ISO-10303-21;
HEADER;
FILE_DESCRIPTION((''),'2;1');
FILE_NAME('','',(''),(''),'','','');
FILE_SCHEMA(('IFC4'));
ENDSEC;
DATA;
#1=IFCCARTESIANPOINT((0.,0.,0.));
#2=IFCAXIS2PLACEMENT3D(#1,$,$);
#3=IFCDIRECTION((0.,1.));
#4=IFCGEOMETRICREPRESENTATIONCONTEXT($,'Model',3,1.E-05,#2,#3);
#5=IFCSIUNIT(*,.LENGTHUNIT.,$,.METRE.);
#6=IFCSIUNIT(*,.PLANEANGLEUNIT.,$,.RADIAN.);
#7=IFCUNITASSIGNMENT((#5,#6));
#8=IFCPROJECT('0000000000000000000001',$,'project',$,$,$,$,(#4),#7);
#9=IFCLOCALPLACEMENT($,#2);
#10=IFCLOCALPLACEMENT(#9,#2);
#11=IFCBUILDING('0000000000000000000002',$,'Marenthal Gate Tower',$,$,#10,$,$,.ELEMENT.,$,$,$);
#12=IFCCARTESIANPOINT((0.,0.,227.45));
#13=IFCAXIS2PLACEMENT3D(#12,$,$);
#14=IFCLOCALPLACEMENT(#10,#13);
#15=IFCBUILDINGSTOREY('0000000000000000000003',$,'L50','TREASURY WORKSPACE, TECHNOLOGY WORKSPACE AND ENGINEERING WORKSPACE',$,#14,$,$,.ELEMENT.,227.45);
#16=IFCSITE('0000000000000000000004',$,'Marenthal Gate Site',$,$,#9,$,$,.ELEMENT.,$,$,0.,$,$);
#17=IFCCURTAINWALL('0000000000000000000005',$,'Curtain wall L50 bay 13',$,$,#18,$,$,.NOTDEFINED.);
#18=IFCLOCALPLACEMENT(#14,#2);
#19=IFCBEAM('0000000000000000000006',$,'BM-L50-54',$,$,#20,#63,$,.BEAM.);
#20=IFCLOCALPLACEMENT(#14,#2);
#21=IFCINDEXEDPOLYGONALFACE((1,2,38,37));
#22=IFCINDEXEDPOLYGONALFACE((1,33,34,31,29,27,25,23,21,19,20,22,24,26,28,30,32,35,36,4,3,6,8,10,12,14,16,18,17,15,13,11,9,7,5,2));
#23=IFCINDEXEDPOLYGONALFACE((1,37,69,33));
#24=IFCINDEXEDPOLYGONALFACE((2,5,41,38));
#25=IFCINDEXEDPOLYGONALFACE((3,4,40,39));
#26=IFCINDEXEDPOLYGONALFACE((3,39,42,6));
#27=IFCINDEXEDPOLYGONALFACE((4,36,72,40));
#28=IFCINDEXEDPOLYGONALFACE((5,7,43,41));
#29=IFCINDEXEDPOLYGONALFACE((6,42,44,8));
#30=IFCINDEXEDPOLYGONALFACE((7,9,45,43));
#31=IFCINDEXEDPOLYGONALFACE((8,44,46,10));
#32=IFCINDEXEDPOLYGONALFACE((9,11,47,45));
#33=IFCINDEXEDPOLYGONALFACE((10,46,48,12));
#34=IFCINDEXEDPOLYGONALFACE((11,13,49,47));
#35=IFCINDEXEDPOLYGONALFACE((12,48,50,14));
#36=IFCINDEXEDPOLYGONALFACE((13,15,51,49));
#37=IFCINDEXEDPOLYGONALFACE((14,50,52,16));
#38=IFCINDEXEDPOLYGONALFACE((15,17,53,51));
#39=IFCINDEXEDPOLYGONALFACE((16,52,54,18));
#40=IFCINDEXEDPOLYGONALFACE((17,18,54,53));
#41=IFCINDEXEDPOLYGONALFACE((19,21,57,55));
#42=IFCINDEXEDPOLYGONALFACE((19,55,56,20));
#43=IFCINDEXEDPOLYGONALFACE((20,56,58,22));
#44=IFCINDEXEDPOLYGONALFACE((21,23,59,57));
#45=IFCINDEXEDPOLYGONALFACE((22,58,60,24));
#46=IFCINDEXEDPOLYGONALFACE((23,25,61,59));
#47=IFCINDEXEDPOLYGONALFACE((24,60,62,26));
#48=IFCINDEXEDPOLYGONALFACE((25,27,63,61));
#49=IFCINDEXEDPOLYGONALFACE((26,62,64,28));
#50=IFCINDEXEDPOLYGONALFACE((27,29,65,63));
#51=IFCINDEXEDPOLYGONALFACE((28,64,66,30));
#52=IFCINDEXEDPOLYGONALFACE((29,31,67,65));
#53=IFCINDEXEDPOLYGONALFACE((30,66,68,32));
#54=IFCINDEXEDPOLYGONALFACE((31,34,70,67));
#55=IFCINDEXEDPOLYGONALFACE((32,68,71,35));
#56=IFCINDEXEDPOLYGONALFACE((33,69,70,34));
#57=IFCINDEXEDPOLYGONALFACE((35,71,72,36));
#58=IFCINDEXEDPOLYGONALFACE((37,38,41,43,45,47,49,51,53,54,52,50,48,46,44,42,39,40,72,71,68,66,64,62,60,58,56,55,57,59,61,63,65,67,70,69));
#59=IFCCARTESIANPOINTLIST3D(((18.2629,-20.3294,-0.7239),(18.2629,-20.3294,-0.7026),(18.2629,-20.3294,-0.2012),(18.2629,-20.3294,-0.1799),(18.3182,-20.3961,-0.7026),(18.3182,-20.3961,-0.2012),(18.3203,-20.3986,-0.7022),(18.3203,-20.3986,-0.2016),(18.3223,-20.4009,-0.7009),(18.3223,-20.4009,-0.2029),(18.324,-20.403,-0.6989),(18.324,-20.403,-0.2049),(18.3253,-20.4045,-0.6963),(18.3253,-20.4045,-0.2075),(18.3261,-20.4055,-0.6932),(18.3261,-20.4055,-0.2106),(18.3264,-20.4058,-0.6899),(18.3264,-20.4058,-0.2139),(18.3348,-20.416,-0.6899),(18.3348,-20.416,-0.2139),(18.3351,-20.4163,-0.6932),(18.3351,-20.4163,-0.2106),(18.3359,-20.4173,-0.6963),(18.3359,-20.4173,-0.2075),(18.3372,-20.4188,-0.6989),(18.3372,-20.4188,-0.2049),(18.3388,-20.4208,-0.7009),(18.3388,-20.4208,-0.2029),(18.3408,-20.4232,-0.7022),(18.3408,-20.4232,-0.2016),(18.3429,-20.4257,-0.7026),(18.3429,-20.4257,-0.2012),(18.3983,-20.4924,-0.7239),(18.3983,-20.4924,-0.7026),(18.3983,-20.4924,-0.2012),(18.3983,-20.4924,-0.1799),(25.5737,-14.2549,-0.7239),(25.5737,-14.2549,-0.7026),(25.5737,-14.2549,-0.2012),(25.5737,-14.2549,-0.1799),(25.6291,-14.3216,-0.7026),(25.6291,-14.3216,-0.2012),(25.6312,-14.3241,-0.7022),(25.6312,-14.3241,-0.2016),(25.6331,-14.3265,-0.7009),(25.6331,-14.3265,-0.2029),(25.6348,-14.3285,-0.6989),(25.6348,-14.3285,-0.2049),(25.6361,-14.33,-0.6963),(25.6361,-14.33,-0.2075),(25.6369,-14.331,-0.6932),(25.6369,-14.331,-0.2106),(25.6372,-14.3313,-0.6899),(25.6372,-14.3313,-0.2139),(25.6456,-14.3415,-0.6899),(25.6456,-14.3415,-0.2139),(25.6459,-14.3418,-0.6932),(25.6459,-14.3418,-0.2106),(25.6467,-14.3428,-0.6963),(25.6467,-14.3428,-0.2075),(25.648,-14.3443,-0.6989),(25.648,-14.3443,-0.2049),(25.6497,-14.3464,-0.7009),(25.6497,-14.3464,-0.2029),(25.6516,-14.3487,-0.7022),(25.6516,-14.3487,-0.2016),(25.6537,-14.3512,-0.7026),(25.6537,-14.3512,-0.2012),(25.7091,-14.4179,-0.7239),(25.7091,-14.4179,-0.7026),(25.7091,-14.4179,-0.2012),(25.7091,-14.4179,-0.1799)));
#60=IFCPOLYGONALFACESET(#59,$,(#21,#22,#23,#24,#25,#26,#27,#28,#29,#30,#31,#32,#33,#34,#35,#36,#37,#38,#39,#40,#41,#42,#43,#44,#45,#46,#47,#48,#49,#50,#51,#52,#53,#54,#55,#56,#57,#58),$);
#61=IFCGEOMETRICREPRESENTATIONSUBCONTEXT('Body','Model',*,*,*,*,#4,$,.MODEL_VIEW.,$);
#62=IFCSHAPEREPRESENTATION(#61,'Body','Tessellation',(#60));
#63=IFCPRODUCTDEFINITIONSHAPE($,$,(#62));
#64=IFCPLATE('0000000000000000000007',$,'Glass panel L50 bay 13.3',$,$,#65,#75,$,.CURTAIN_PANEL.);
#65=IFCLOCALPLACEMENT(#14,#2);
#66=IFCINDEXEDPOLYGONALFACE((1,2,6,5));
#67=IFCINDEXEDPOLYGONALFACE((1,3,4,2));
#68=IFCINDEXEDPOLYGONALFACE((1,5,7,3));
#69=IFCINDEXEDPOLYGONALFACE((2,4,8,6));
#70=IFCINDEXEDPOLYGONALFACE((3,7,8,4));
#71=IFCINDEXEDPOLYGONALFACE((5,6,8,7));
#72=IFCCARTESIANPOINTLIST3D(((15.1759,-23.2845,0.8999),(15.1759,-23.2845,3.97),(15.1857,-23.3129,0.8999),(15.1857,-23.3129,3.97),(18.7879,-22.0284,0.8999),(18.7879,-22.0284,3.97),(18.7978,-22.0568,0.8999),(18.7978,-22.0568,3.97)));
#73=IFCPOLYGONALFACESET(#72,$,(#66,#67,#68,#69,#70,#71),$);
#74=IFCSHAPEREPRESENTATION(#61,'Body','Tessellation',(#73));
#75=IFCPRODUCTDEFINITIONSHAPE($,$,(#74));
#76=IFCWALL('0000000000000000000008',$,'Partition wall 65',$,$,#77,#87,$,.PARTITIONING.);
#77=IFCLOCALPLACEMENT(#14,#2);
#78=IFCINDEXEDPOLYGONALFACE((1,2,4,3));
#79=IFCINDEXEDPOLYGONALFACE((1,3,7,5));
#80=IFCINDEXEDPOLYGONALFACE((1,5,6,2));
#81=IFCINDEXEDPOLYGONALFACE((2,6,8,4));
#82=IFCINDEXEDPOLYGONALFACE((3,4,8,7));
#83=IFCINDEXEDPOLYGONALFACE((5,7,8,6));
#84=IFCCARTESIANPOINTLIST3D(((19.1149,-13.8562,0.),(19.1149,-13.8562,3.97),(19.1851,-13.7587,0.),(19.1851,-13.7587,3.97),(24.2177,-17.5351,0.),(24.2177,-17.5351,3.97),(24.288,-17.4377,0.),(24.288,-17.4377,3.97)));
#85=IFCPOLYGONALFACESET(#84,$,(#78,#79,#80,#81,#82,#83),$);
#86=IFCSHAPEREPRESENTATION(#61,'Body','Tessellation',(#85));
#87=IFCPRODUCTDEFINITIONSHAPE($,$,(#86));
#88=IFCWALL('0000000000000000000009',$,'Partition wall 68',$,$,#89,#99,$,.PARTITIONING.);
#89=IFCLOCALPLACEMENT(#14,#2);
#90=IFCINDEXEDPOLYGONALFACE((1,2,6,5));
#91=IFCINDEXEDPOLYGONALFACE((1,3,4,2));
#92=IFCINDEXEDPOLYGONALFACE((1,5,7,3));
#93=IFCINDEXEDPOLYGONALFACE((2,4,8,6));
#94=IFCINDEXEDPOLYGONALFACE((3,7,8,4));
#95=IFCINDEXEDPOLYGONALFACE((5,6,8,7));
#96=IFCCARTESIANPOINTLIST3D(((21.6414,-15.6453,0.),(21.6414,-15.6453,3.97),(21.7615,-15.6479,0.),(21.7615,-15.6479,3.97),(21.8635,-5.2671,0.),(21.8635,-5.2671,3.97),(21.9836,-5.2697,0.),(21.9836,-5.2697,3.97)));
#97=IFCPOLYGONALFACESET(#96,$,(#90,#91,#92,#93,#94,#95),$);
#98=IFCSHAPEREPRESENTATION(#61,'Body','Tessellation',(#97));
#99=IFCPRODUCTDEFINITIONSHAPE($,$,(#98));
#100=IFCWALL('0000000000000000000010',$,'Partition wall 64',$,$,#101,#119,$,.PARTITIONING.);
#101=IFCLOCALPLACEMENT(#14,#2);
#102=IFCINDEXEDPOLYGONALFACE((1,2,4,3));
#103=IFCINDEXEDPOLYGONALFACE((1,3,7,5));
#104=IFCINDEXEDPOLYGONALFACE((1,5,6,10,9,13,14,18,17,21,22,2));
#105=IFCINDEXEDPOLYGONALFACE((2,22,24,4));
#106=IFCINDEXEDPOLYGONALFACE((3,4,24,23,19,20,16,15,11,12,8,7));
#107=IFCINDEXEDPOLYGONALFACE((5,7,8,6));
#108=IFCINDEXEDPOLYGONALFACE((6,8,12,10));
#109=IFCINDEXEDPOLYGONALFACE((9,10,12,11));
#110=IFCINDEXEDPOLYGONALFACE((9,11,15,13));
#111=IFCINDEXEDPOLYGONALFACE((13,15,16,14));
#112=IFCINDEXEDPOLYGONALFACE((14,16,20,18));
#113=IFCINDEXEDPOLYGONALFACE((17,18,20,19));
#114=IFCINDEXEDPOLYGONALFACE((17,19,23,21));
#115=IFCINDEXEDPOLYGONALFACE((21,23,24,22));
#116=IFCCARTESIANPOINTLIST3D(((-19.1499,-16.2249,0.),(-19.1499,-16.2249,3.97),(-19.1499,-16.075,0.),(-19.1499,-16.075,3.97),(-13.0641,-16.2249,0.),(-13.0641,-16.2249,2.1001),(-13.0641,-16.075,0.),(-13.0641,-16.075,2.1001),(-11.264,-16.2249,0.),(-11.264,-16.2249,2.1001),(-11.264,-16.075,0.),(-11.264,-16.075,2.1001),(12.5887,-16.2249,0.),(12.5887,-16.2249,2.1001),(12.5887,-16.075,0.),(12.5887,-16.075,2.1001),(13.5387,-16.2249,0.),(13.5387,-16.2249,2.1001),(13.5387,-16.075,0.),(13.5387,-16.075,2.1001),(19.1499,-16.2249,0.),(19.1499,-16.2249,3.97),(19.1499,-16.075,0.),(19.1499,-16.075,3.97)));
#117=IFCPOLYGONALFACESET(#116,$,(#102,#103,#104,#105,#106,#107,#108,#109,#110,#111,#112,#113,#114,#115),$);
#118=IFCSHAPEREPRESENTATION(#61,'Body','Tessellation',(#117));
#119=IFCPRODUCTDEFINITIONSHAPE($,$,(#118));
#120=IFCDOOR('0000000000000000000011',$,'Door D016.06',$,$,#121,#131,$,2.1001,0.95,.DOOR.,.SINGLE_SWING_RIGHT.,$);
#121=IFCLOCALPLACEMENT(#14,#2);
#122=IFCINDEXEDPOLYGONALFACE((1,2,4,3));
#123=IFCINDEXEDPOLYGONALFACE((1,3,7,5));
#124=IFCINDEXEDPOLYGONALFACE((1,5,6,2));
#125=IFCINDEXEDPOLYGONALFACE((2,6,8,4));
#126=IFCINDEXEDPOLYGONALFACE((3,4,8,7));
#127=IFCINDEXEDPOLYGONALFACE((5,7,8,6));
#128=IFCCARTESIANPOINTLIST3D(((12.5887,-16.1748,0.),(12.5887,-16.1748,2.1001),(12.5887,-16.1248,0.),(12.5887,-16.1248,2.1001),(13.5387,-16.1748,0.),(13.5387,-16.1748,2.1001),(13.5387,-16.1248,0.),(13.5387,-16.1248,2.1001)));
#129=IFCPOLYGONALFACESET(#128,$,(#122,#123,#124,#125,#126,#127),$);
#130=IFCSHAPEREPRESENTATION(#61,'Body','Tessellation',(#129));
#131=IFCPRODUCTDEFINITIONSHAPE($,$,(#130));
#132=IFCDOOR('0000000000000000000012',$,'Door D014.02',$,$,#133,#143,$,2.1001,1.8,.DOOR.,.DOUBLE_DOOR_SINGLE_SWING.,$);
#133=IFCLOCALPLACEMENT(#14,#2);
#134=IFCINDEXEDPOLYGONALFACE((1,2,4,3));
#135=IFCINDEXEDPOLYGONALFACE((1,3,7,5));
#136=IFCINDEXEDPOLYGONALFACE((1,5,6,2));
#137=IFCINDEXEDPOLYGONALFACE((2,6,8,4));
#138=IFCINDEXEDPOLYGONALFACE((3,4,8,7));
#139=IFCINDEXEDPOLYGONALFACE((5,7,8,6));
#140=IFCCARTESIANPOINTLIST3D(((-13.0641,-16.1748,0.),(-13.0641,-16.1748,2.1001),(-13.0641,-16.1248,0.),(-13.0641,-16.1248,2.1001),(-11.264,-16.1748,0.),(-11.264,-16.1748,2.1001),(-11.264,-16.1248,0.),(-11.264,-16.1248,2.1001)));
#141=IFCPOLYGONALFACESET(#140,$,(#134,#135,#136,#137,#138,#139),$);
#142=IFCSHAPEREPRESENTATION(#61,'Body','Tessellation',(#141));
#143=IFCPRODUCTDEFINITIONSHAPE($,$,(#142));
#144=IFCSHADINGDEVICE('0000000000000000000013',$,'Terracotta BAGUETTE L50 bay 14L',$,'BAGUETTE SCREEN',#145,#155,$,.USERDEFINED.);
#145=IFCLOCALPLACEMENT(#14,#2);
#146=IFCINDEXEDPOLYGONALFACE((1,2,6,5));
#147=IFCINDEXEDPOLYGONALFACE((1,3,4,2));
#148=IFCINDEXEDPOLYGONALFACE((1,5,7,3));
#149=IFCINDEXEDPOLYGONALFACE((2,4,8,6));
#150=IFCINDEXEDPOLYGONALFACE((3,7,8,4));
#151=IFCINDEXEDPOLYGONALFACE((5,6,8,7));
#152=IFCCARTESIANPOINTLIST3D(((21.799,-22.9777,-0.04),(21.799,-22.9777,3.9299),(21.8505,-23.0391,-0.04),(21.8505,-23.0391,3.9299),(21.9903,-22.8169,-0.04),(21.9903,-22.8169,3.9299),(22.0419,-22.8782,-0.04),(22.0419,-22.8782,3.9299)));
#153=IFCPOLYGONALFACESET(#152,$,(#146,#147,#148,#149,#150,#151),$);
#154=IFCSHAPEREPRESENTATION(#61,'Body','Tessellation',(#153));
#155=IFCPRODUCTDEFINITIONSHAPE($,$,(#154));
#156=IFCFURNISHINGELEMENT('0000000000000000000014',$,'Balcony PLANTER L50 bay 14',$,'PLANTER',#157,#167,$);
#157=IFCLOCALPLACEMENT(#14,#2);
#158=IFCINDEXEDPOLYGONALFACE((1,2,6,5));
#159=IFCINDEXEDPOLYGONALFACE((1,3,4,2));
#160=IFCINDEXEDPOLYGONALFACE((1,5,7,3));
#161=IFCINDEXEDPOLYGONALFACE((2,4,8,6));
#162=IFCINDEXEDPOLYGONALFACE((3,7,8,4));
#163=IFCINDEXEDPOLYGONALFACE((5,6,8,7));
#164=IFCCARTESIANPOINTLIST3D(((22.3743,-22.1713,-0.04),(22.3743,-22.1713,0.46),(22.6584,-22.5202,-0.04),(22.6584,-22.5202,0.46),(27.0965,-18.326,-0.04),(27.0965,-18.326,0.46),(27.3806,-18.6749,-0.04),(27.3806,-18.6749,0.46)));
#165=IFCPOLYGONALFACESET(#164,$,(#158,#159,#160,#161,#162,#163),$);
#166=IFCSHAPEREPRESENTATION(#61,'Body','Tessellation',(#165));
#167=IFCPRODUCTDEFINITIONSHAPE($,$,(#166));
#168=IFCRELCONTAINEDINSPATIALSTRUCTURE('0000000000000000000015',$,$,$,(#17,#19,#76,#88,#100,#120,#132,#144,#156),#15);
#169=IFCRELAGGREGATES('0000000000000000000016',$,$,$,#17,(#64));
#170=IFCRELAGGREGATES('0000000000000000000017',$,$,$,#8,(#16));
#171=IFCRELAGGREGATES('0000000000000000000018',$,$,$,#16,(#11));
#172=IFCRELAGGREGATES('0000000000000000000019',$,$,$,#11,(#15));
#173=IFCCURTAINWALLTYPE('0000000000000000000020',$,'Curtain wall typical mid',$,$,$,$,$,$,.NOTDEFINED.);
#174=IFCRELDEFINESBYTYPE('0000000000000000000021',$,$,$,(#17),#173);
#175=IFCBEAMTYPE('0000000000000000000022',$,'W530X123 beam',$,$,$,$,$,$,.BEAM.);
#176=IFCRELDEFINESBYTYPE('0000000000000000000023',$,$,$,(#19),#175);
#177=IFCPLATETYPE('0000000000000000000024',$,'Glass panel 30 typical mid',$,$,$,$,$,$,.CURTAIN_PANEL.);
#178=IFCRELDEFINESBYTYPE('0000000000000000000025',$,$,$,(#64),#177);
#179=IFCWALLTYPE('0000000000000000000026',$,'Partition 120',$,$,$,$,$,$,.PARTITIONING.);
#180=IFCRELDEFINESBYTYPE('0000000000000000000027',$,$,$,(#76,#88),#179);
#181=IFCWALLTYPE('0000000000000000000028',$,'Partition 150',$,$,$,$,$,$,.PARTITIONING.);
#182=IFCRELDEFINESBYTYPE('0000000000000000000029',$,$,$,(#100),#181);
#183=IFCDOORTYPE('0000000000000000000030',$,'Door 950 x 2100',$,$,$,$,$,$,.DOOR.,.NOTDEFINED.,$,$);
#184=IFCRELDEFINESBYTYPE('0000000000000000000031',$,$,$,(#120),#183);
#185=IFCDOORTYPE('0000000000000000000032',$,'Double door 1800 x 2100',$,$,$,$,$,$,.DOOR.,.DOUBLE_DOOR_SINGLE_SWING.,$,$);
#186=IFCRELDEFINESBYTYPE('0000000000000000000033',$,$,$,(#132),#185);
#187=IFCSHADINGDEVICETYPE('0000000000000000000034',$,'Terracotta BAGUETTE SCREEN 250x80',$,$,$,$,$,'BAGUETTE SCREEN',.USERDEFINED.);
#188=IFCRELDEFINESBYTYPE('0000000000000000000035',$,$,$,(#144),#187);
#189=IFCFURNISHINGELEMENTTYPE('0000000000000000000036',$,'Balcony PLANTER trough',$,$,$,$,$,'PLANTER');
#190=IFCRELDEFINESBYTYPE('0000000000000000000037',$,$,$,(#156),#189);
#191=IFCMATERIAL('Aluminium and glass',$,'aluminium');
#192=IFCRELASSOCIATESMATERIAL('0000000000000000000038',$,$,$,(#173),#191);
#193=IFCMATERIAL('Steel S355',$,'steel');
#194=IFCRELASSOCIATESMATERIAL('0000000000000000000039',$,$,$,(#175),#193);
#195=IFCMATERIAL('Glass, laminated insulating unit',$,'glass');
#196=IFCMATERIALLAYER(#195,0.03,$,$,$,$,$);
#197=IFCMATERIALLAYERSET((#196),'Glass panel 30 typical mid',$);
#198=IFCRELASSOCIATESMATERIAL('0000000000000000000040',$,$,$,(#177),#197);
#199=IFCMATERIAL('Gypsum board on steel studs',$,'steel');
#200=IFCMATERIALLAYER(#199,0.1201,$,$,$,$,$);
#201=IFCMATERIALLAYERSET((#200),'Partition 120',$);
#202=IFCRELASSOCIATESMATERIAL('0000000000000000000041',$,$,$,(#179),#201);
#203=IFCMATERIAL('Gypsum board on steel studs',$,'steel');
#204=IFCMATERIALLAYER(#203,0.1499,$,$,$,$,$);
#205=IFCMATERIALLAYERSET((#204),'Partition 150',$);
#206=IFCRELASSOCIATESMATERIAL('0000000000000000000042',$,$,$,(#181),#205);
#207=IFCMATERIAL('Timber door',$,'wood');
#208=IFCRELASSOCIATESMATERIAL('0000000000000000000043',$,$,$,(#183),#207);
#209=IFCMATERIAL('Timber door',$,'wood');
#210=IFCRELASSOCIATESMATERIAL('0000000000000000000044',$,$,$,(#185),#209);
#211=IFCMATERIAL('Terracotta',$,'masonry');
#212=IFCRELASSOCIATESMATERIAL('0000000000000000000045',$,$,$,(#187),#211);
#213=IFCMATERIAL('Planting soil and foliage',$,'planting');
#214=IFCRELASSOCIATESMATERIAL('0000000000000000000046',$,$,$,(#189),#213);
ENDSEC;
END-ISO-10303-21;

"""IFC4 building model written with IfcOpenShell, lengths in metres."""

from ifc_helpers import new_model, si_unit, direction, frame, frame_2d, origin, origin_2d, place, context, subcontext, project, spatial, rectangle, i_section, extrude, material, layer, layer_set, material_profile, profile_set, type_object, element, fill, aggregate, save


model = new_model("IFC4")

# Units and contexts
model_context = context("Model", 3, precision=1e-05, world=origin(), true_north=direction((0.0, 1.0)))
body_context = subcontext(model_context, "Body", "Model", "MODEL_VIEW")
ifc_project = project(units=[si_unit("LENGTHUNIT", "METRE"), si_unit("PLANEANGLEUNIT", "RADIAN")], contexts=[model_context])

# Site, building, storey
site_placement = place(None, origin())
site = spatial("IfcSite", under=ifc_project, at=site_placement, Name="Marenthal Gate Site", CompositionType="ELEMENT", RefElevation=0.0)
building_placement = place(site_placement, origin())
building = spatial("IfcBuilding", under=site, at=building_placement, Name="Marenthal Gate Tower", CompositionType="ELEMENT")
storey_placement = place(building_placement, frame((0.0, 0.0, 227.45)))
storey = spatial("IfcBuildingStorey", under=building, at=storey_placement, Name="L50", Description="TREASURY WORKSPACE, TECHNOLOGY WORKSPACE AND ENGINEERING WORKSPACE", CompositionType="ELEMENT", Elevation=227.45)

# Curtain wall
ifc_material_1 = material(Name="Aluminium and glass", Category="aluminium")
curtain_wall_type = type_object("IfcCurtainWallType", Name="Curtain wall typical mid", PredefinedType="NOTDEFINED", material=ifc_material_1)
curtain_wall_1_placement = place(storey_placement, origin())
curtain_wall_1 = element("IfcCurtainWall", 1, at=curtain_wall_1_placement, inside=storey, type_object=curtain_wall_type, Name="Curtain wall L50 bay 13", PredefinedType="NOTDEFINED")

# Beam
ifc_material_2 = material(Name="Steel S355", Category="steel")
ifc_material_profile_1 = material_profile(ifc_material_2, i_section(OverallWidth=0.2119, OverallDepth=0.5439, WebThickness=0.0132, FlangeThickness=0.0212, FilletRadius=0.0127, at=origin_2d()), Name="W530X123")
ifc_profile_set_1 = profile_set([ifc_material_profile_1], Name="Steel S355")
beam_type_1 = type_object("IfcBeamType", Name="W530X123 beam", PredefinedType="BEAM", material=ifc_profile_set_1)
beam_1_placement = place(storey_placement, frame((18.3306, -20.4109, -0.4519), z_axis=(0.769145, 0.639075, 0.0), x_axis=(-0.639075, 0.769145, 0.0)))
element("IfcBeam", 2, at=beam_1_placement, inside=storey, type_object=beam_type_1, Name="BM-L50-54", PredefinedType="BEAM", context=body_context, shape_type="SweptSolid", body=[
    extrude(i_section(OverallWidth=0.2119, OverallDepth=0.5439, WebThickness=0.0132, FlangeThickness=0.0212, FilletRadius=0.0127, at=origin_2d()), origin(), (0.0, 0.0, 1.0), 9.5051),
])

# Plate
ifc_material_3 = material(Name="Glass, laminated insulating unit", Category="glass")
ifc_layer_1 = layer(ifc_material_3, 0.03)
ifc_layer_set_1 = layer_set([ifc_layer_1], Name="Glass panel 30 typical mid")
plate_type = type_object("IfcPlateType", Name="Glass panel 30 typical mid", PredefinedType="CURTAIN_PANEL", material=ifc_layer_set_1)
plate_placement = place(storey_placement, frame((16.9868, -22.6707, 0.8999), z_axis=(0.0, 0.0, 1.0), x_axis=(0.944515, 0.328468, 0.0)))
plate = element("IfcPlate", 3, at=plate_placement, type_object=plate_type, Name="Glass panel L50 bay 13.3", PredefinedType="CURTAIN_PANEL", context=body_context, shape_type="SweptSolid", body=[
    extrude(rectangle(XDim=3.8242, YDim=0.03, at=origin_2d()), origin(), (0.0, 0.0, 1.0), 3.0701),
])
aggregate(curtain_wall_1, [plate])

# Walls
ifc_material_4 = material(Name="Gypsum board on steel studs", Category="steel")
ifc_layer_2 = layer(ifc_material_4, 0.1201)
ifc_layer_set_2 = layer_set([ifc_layer_2], Name="Partition 120")
wall_type_1 = type_object("IfcWallType", Name="Partition 120", PredefinedType="PARTITIONING", material=ifc_layer_set_2)
wall_1_placement = place(storey_placement, frame((19.1499, -13.8074, 0.0), z_axis=(0.0, 0.0, 1.0), x_axis=(0.811161, -0.584823, 0.0)))
element("IfcWall", 4, at=wall_1_placement, inside=storey, type_object=wall_type_1, Name="Partition wall 65", PredefinedType="PARTITIONING", context=body_context, shape_type="SweptSolid", body=[
    extrude(rectangle(XDim=6.2908, YDim=0.1201, at=frame_2d((3.1455, 0.0))), origin(), (0.0, 0.0, 1.0), 3.97),
])
wall_2_placement = place(storey_placement, frame((21.7014, -15.6467, 0.0), z_axis=(0.0, 0.0, 1.0), x_axis=(0.021402, 0.999771, 0.0)))
element("IfcWall", 5, at=wall_2_placement, inside=storey, type_object=wall_type_1, Name="Partition wall 68", PredefinedType="PARTITIONING", context=body_context, shape_type="SweptSolid", body=[
    extrude(rectangle(XDim=10.3806, YDim=0.1201, at=frame_2d((5.1904, 0.0))), origin(), (0.0, 0.0, 1.0), 3.97),
])

# Wall, openings, doors
ifc_material_5 = material(Name="Gypsum board on steel studs", Category="steel")
ifc_layer_3 = layer(ifc_material_5, 0.1499)
ifc_layer_set_3 = layer_set([ifc_layer_3], Name="Partition 150")
wall_type_2 = type_object("IfcWallType", Name="Partition 150", PredefinedType="PARTITIONING", material=ifc_layer_set_3)
wall_3_placement = place(storey_placement, frame((19.1499, -16.1499, 0.0), z_axis=(0.0, 0.0, 1.0), x_axis=(-1.0, 0.0, 0.0)))
wall_3 = element("IfcWall", 6, at=wall_3_placement, inside=storey, type_object=wall_type_2, Name="Partition wall 64", PredefinedType="PARTITIONING", context=body_context, shape_type="SweptSolid", body=[
    extrude(rectangle(XDim=38.2998, YDim=0.1499, at=frame_2d((19.1499, 0.0))), origin(), (0.0, 0.0, 1.0), 3.97),
])
opening_1_placement = place(wall_3_placement, frame((5.6111, 0.0, 0.0)))
opening_1 = element("IfcOpeningElement", 7, at=opening_1_placement, cuts=wall_3, PredefinedType="OPENING", context=body_context, shape_type="SweptSolid", body=[
    extrude(rectangle(XDim=0.95, YDim=2.1001, at=frame_2d((0.4751, 1.05))), frame((0.0, 0.085, 0.0), z_axis=(0.0, -1.0, 0.0), x_axis=(1.0, 0.0, 0.0)), (0.0, 0.0, 1.0), 0.1699),
])
opening_2_placement = place(wall_3_placement, frame((30.4141, 0.0, 0.0)))
opening_2 = element("IfcOpeningElement", 8, at=opening_2_placement, cuts=wall_3, PredefinedType="OPENING", context=body_context, shape_type="SweptSolid", body=[
    extrude(rectangle(XDim=1.8, YDim=2.1001, at=frame_2d((0.8999, 1.05))), frame((0.0, 0.085, 0.0), z_axis=(0.0, -1.0, 0.0), x_axis=(1.0, 0.0, 0.0)), (0.0, 0.0, 1.0), 0.1699),
])
ifc_material_6 = material(Name="Timber door", Category="wood")
door_type_1 = type_object("IfcDoorType", Name="Door 950 x 2100", OperationType="NOTDEFINED", PredefinedType="DOOR", material=ifc_material_6)
door_1_placement = place(opening_1_placement, origin())
door_1 = element("IfcDoor", 9, at=door_1_placement, inside=storey, type_object=door_type_1, Name="Door D016.06", OperationType="SINGLE_SWING_RIGHT", OverallHeight=2.1001, OverallWidth=0.95, PredefinedType="DOOR", context=body_context, shape_type="SweptSolid", body=[
    extrude(rectangle(XDim=0.95, YDim=2.1001, at=frame_2d((0.4751, 1.05))), frame((0.0, 0.0249, 0.0), z_axis=(0.0, -1.0, 0.0), x_axis=(1.0, 0.0, 0.0)), (0.0, 0.0, 1.0), 0.05),
])
fill(opening_1, door_1)
ifc_material_7 = material(Name="Timber door", Category="wood")
door_type_2 = type_object("IfcDoorType", Name="Double door 1800 x 2100", OperationType="DOUBLE_DOOR_SINGLE_SWING", PredefinedType="DOOR", material=ifc_material_7)
door_2_placement = place(opening_2_placement, origin())
door_2 = element("IfcDoor", 10, at=door_2_placement, inside=storey, type_object=door_type_2, Name="Door D014.02", OperationType="DOUBLE_DOOR_SINGLE_SWING", OverallHeight=2.1001, OverallWidth=1.8, PredefinedType="DOOR", context=body_context, shape_type="SweptSolid", body=[
    extrude(rectangle(XDim=1.8, YDim=2.1001, at=frame_2d((0.8999, 1.05))), frame((0.0, 0.0249, 0.0), z_axis=(0.0, -1.0, 0.0), x_axis=(1.0, 0.0, 0.0)), (0.0, 0.0, 1.0), 0.05),
])
fill(opening_2, door_2)

# Shading device
ifc_material_8 = material(Name="Terracotta", Category="masonry")
ifc_material_profile_2 = material_profile(ifc_material_8, rectangle(XDim=0.25, YDim=0.0801, at=origin_2d()), Name="Terracotta baguette 250x80")
ifc_profile_set_2 = profile_set([ifc_material_profile_2], Name="Terracotta")
shading_device_type = type_object("IfcShadingDeviceType", Name="Terracotta BAGUETTE SCREEN 250x80", ElementType="BAGUETTE SCREEN", PredefinedType="USERDEFINED", material=ifc_profile_set_2)
shading_device_placement = place(storey_placement, frame((21.9204, -22.928, -0.04), z_axis=(0.0, 0.0, 1.0), x_axis=(0.765551, 0.643375, 0.0)))
element("IfcShadingDevice", 11, at=shading_device_placement, inside=storey, type_object=shading_device_type, Name="Terracotta BAGUETTE L50 bay 14L", ObjectType="BAGUETTE SCREEN", PredefinedType="USERDEFINED", context=body_context, shape_type="SweptSolid", body=[
    extrude(rectangle(XDim=0.25, YDim=0.0801, at=origin_2d()), origin(), (0.0, 0.0, 1.0), 3.97),
])

# Furnishing element
ifc_material_9 = material(Name="Planting soil and foliage", Category="planting")
furnishing_element_type = type_object("IfcFurnishingElementType", Name="Balcony PLANTER trough", ElementType="PLANTER", material=ifc_material_9)
furnishing_placement = place(storey_placement, frame((24.8774, -20.4231, -0.04), z_axis=(0.0, 0.0, 1.0), x_axis=(0.775432, 0.631432, 0.0)))
element("IfcFurnishingElement", 12, at=furnishing_placement, inside=storey, type_object=furnishing_element_type, Name="Balcony PLANTER L50 bay 14", ObjectType="PLANTER", context=body_context, shape_type="SweptSolid", body=[
    extrude(rectangle(XDim=6.0898, YDim=0.45, at=origin_2d()), origin(), (0.0, 0.0, 1.0), 0.5),
])

save(model, "model.ifc")
